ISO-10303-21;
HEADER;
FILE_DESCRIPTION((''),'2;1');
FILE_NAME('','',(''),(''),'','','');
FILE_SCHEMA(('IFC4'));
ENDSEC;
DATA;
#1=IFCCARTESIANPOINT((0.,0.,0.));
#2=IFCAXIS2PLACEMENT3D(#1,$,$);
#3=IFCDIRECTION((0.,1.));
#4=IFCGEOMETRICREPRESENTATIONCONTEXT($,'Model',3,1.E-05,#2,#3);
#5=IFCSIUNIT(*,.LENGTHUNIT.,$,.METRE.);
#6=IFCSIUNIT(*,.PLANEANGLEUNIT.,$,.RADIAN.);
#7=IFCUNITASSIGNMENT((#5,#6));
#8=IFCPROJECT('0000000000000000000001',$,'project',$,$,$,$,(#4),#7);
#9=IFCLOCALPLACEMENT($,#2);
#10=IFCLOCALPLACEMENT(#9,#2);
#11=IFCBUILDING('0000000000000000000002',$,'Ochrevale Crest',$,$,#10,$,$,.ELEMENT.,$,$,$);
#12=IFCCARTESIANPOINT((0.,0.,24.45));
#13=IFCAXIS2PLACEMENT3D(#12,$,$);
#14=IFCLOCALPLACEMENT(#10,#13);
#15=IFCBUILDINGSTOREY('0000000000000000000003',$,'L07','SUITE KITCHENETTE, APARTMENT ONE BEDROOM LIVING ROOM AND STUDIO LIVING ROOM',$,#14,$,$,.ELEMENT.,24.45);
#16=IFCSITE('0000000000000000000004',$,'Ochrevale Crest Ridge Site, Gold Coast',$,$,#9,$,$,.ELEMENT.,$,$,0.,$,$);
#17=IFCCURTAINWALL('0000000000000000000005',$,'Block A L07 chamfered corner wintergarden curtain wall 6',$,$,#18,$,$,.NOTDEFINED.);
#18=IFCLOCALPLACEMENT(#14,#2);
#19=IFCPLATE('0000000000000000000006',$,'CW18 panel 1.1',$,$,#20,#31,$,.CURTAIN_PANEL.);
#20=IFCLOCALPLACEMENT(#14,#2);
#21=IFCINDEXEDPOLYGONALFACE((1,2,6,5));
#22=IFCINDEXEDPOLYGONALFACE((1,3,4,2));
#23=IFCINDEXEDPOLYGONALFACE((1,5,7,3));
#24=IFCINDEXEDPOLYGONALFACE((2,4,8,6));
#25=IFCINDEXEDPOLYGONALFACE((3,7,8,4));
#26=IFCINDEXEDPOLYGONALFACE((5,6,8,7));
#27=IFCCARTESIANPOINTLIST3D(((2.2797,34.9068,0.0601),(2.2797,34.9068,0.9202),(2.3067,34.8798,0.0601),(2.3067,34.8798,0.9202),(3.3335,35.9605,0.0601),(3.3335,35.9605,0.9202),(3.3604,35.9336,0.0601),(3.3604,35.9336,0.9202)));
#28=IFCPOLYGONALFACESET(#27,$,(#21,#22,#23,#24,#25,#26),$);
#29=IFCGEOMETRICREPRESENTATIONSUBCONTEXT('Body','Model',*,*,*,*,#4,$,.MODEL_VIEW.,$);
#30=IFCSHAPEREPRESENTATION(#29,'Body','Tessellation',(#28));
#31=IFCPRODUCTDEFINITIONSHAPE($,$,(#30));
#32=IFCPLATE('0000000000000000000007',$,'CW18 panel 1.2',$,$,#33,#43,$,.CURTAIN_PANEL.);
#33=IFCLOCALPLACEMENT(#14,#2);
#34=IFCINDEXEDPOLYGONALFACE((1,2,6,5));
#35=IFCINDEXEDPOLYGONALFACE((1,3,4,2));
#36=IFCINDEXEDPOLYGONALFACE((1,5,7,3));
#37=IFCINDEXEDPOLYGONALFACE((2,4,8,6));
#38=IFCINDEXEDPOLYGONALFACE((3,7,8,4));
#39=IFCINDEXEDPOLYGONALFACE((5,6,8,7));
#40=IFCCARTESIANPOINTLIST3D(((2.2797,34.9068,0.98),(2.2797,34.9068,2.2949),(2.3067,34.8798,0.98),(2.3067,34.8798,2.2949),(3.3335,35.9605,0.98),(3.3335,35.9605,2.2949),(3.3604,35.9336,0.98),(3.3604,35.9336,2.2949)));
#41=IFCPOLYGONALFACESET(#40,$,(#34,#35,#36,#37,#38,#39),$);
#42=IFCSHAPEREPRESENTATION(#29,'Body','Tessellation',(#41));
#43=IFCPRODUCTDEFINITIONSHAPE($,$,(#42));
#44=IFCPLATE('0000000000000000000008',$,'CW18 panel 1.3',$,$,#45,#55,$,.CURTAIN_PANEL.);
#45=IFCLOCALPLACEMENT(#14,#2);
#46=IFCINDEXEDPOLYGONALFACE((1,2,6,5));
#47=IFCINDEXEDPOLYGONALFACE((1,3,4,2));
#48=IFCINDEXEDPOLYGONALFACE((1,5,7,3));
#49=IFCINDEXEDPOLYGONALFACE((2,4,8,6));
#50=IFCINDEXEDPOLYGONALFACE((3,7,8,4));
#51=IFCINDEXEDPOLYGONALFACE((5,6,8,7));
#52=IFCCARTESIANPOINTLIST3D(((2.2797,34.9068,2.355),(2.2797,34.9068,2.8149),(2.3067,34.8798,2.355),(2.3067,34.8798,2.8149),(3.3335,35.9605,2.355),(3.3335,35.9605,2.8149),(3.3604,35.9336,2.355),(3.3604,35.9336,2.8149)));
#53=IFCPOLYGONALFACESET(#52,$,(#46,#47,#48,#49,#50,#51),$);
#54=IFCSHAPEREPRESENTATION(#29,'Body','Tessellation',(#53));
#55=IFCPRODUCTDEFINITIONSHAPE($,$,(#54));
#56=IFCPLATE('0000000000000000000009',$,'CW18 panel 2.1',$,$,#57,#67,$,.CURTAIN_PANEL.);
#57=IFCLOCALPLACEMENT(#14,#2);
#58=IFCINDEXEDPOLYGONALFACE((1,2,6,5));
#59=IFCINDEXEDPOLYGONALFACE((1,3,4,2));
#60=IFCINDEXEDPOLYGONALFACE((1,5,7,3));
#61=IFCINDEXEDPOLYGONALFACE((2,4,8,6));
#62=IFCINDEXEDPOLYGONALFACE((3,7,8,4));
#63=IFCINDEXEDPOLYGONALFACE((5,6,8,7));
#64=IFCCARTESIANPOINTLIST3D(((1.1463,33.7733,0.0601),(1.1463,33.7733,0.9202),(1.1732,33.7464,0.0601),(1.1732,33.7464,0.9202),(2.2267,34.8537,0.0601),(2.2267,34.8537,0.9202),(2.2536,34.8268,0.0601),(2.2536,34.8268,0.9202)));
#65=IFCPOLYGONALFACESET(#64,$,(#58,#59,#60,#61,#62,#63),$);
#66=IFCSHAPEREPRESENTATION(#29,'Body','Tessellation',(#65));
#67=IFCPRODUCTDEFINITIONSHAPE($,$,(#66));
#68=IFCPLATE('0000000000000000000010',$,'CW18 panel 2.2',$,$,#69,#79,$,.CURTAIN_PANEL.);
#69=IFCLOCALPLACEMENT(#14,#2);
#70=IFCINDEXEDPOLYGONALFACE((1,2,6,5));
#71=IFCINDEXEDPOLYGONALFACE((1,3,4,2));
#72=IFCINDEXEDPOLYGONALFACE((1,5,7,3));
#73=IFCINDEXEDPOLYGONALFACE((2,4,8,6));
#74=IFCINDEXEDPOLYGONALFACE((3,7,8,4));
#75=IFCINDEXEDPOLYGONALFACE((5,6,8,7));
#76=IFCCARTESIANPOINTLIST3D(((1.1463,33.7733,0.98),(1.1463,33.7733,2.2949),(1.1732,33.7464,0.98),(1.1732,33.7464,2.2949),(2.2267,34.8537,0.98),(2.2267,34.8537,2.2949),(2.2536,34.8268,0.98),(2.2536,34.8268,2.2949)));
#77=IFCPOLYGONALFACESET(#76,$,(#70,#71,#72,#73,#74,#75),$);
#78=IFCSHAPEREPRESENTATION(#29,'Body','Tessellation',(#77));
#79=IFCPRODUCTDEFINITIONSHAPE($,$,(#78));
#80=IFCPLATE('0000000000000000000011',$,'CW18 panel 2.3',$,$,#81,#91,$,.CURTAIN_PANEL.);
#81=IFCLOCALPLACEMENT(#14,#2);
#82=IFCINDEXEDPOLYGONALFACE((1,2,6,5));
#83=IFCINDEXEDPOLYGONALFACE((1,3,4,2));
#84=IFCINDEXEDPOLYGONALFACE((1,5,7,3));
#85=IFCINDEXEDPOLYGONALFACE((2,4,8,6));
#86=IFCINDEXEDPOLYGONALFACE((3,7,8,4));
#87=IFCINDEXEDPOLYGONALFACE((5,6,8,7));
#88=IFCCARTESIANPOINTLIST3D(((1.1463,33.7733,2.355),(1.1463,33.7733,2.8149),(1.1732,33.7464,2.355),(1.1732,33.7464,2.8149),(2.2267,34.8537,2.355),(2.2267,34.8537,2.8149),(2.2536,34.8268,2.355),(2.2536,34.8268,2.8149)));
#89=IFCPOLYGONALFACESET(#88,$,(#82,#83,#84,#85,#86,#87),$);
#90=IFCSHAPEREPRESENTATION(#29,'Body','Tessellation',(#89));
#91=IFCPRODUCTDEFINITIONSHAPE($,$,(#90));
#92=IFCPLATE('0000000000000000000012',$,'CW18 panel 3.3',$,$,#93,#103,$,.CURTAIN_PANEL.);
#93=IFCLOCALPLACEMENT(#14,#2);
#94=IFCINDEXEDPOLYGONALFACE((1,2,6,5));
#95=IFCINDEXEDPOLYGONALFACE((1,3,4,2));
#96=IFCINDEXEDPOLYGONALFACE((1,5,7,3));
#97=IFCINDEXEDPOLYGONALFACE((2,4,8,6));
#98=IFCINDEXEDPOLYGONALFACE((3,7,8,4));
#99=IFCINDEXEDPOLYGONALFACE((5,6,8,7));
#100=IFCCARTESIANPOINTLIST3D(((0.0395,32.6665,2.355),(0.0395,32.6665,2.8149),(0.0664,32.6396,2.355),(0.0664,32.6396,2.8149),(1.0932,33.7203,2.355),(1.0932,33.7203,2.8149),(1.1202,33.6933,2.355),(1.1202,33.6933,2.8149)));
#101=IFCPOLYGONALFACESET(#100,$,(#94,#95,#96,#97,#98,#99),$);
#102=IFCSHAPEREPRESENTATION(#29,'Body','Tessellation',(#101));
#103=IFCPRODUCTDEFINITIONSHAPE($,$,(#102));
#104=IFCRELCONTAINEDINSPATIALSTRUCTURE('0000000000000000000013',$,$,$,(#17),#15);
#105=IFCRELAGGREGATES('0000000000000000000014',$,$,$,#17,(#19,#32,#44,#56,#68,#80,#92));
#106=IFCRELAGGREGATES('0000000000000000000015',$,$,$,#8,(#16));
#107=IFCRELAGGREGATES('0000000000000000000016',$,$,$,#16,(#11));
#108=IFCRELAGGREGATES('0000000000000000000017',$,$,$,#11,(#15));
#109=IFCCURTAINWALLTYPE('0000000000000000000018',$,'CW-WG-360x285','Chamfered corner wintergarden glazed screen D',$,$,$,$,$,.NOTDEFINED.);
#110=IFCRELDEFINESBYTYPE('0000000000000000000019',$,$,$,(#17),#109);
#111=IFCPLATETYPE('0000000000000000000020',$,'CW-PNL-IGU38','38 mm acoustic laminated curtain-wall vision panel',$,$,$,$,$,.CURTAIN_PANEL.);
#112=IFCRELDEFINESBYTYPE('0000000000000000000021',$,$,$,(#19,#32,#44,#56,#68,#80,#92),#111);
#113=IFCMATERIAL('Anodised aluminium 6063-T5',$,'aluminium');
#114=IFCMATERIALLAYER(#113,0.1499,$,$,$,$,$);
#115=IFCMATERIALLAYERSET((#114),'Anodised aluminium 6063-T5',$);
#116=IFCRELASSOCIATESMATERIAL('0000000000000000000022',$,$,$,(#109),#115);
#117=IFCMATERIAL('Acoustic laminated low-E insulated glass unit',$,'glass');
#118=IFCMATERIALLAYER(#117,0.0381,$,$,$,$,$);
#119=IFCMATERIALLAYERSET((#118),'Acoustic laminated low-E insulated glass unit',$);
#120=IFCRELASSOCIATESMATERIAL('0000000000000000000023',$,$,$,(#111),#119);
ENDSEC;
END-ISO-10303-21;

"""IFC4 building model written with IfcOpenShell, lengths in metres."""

from ifc_helpers import new_model, si_unit, direction, frame, origin, origin_2d, place, context, subcontext, project, spatial, rectangle, extrude, material, layer, layer_set, type_object, element, aggregate, save


model = new_model("IFC4")

# Units and contexts
model_context = context("Model", 3, precision=1e-05, world=origin(), true_north=direction((0.0, 1.0)))
body_context = subcontext(model_context, "Body", "Model", "MODEL_VIEW")
ifc_project = project(units=[si_unit("LENGTHUNIT", "METRE"), si_unit("PLANEANGLEUNIT", "RADIAN")], contexts=[model_context])

# Site, building, storey
site_placement = place(None, origin())
site = spatial("IfcSite", under=ifc_project, at=site_placement, Name="Ochrevale Crest Ridge Site, Gold Coast", CompositionType="ELEMENT", RefElevation=0.0)
building_placement = place(site_placement, origin())
building = spatial("IfcBuilding", under=site, at=building_placement, Name="Ochrevale Crest", CompositionType="ELEMENT")
storey_placement = place(building_placement, frame((0.0, 0.0, 24.45)))
storey = spatial("IfcBuildingStorey", under=building, at=storey_placement, Name="L07", Description="SUITE KITCHENETTE, APARTMENT ONE BEDROOM LIVING ROOM AND STUDIO LIVING ROOM", CompositionType="ELEMENT", Elevation=24.45)

# Curtain wall, plates
ifc_material_1 = material(Name="Anodised aluminium 6063-T5", Category="aluminium")
ifc_layer_1 = layer(ifc_material_1, 0.1499)
ifc_layer_set_1 = layer_set([ifc_layer_1], Name="Anodised aluminium 6063-T5")
curtain_wall_type = type_object("IfcCurtainWallType", Name="CW-WG-360x285", Description="Chamfered corner wintergarden glazed screen D", PredefinedType="NOTDEFINED", material=ifc_layer_set_1)
curtain_wall_placement = place(storey_placement, origin())
curtain_wall = element("IfcCurtainWall", 1, at=curtain_wall_placement, inside=storey, type_object=curtain_wall_type, Name="Block A L07 chamfered corner wintergarden curtain wall 6", PredefinedType="NOTDEFINED")
ifc_material_2 = material(Name="Acoustic laminated low-E insulated glass unit", Category="glass")
ifc_layer_2 = layer(ifc_material_2, 0.0381)
ifc_layer_set_2 = layer_set([ifc_layer_2], Name="Acoustic laminated low-E insulated glass unit")
plate_type = type_object("IfcPlateType", Name="CW-PNL-IGU38", Description="38 mm acoustic laminated curtain-wall vision panel", PredefinedType="CURTAIN_PANEL", material=ifc_layer_set_2)
plate_1_placement = place(storey_placement, frame((2.8201, 35.4202, 0.0601), z_axis=(0.0, 0.0, 1.0), x_axis=(-0.707107, -0.707107, 0.0)))
plate_1 = element("IfcPlate", 2, at=plate_1_placement, type_object=plate_type, Name="CW18 panel 1.1", PredefinedType="CURTAIN_PANEL", context=body_context, shape_type="SweptSolid", body=[
    extrude(rectangle(XDim=1.4902, YDim=0.0381, at=origin_2d()), origin(), (0.0, 0.0, 1.0), 0.8601),
])
plate_2_placement = place(storey_placement, frame((2.8201, 35.4202, 0.98), z_axis=(0.0, 0.0, 1.0), x_axis=(-0.707107, -0.707107, 0.0)))
plate_2 = element("IfcPlate", 3, at=plate_2_placement, type_object=plate_type, Name="CW18 panel 1.2", PredefinedType="CURTAIN_PANEL", context=body_context, shape_type="SweptSolid", body=[
    extrude(rectangle(XDim=1.4902, YDim=0.0381, at=origin_2d()), origin(), (0.0, 0.0, 1.0), 1.3149),
])
plate_3_placement = place(storey_placement, frame((2.8201, 35.4202, 2.355), z_axis=(0.0, 0.0, 1.0), x_axis=(-0.707107, -0.707107, 0.0)))
plate_3 = element("IfcPlate", 4, at=plate_3_placement, type_object=plate_type, Name="CW18 panel 1.3", PredefinedType="CURTAIN_PANEL", context=body_context, shape_type="SweptSolid", body=[
    extrude(rectangle(XDim=1.4902, YDim=0.0381, at=origin_2d()), origin(), (0.0, 0.0, 1.0), 0.46),
])
plate_4_placement = place(storey_placement, frame((1.7, 34.3, 0.0601), z_axis=(0.0, 0.0, 1.0), x_axis=(-0.707107, -0.707107, 0.0)))
plate_4 = element("IfcPlate", 5, at=plate_4_placement, type_object=plate_type, Name="CW18 panel 2.1", PredefinedType="CURTAIN_PANEL", context=body_context, shape_type="SweptSolid", body=[
    extrude(rectangle(XDim=1.5278, YDim=0.0381, at=origin_2d()), origin(), (0.0, 0.0, 1.0), 0.8601),
])
plate_5_placement = place(storey_placement, frame((1.7, 34.3, 0.98), z_axis=(0.0, 0.0, 1.0), x_axis=(-0.707107, -0.707107, 0.0)))
plate_5 = element("IfcPlate", 6, at=plate_5_placement, type_object=plate_type, Name="CW18 panel 2.2", PredefinedType="CURTAIN_PANEL", context=body_context, shape_type="SweptSolid", body=[
    extrude(rectangle(XDim=1.5278, YDim=0.0381, at=origin_2d()), origin(), (0.0, 0.0, 1.0), 1.3149),
])
plate_6_placement = place(storey_placement, frame((1.7, 34.3, 2.355), z_axis=(0.0, 0.0, 1.0), x_axis=(-0.707107, -0.707107, 0.0)))
plate_6 = element("IfcPlate", 7, at=plate_6_placement, type_object=plate_type, Name="CW18 panel 2.3", PredefinedType="CURTAIN_PANEL", context=body_context, shape_type="SweptSolid", body=[
    extrude(rectangle(XDim=1.5278, YDim=0.0381, at=origin_2d()), origin(), (0.0, 0.0, 1.0), 0.46),
])
plate_7_placement = place(storey_placement, frame((0.5798, 33.1799, 2.355), z_axis=(0.0, 0.0, 1.0), x_axis=(-0.707107, -0.707107, 0.0)))
plate_7 = element("IfcPlate", 8, at=plate_7_placement, type_object=plate_type, Name="CW18 panel 3.3", PredefinedType="CURTAIN_PANEL", context=body_context, shape_type="SweptSolid", body=[
    extrude(rectangle(XDim=1.4902, YDim=0.0381, at=origin_2d()), origin(), (0.0, 0.0, 1.0), 0.46),
])
aggregate(curtain_wall, [plate_1, plate_2, plate_3, plate_4, plate_5, plate_6, plate_7])

save(model, "model.ifc")
